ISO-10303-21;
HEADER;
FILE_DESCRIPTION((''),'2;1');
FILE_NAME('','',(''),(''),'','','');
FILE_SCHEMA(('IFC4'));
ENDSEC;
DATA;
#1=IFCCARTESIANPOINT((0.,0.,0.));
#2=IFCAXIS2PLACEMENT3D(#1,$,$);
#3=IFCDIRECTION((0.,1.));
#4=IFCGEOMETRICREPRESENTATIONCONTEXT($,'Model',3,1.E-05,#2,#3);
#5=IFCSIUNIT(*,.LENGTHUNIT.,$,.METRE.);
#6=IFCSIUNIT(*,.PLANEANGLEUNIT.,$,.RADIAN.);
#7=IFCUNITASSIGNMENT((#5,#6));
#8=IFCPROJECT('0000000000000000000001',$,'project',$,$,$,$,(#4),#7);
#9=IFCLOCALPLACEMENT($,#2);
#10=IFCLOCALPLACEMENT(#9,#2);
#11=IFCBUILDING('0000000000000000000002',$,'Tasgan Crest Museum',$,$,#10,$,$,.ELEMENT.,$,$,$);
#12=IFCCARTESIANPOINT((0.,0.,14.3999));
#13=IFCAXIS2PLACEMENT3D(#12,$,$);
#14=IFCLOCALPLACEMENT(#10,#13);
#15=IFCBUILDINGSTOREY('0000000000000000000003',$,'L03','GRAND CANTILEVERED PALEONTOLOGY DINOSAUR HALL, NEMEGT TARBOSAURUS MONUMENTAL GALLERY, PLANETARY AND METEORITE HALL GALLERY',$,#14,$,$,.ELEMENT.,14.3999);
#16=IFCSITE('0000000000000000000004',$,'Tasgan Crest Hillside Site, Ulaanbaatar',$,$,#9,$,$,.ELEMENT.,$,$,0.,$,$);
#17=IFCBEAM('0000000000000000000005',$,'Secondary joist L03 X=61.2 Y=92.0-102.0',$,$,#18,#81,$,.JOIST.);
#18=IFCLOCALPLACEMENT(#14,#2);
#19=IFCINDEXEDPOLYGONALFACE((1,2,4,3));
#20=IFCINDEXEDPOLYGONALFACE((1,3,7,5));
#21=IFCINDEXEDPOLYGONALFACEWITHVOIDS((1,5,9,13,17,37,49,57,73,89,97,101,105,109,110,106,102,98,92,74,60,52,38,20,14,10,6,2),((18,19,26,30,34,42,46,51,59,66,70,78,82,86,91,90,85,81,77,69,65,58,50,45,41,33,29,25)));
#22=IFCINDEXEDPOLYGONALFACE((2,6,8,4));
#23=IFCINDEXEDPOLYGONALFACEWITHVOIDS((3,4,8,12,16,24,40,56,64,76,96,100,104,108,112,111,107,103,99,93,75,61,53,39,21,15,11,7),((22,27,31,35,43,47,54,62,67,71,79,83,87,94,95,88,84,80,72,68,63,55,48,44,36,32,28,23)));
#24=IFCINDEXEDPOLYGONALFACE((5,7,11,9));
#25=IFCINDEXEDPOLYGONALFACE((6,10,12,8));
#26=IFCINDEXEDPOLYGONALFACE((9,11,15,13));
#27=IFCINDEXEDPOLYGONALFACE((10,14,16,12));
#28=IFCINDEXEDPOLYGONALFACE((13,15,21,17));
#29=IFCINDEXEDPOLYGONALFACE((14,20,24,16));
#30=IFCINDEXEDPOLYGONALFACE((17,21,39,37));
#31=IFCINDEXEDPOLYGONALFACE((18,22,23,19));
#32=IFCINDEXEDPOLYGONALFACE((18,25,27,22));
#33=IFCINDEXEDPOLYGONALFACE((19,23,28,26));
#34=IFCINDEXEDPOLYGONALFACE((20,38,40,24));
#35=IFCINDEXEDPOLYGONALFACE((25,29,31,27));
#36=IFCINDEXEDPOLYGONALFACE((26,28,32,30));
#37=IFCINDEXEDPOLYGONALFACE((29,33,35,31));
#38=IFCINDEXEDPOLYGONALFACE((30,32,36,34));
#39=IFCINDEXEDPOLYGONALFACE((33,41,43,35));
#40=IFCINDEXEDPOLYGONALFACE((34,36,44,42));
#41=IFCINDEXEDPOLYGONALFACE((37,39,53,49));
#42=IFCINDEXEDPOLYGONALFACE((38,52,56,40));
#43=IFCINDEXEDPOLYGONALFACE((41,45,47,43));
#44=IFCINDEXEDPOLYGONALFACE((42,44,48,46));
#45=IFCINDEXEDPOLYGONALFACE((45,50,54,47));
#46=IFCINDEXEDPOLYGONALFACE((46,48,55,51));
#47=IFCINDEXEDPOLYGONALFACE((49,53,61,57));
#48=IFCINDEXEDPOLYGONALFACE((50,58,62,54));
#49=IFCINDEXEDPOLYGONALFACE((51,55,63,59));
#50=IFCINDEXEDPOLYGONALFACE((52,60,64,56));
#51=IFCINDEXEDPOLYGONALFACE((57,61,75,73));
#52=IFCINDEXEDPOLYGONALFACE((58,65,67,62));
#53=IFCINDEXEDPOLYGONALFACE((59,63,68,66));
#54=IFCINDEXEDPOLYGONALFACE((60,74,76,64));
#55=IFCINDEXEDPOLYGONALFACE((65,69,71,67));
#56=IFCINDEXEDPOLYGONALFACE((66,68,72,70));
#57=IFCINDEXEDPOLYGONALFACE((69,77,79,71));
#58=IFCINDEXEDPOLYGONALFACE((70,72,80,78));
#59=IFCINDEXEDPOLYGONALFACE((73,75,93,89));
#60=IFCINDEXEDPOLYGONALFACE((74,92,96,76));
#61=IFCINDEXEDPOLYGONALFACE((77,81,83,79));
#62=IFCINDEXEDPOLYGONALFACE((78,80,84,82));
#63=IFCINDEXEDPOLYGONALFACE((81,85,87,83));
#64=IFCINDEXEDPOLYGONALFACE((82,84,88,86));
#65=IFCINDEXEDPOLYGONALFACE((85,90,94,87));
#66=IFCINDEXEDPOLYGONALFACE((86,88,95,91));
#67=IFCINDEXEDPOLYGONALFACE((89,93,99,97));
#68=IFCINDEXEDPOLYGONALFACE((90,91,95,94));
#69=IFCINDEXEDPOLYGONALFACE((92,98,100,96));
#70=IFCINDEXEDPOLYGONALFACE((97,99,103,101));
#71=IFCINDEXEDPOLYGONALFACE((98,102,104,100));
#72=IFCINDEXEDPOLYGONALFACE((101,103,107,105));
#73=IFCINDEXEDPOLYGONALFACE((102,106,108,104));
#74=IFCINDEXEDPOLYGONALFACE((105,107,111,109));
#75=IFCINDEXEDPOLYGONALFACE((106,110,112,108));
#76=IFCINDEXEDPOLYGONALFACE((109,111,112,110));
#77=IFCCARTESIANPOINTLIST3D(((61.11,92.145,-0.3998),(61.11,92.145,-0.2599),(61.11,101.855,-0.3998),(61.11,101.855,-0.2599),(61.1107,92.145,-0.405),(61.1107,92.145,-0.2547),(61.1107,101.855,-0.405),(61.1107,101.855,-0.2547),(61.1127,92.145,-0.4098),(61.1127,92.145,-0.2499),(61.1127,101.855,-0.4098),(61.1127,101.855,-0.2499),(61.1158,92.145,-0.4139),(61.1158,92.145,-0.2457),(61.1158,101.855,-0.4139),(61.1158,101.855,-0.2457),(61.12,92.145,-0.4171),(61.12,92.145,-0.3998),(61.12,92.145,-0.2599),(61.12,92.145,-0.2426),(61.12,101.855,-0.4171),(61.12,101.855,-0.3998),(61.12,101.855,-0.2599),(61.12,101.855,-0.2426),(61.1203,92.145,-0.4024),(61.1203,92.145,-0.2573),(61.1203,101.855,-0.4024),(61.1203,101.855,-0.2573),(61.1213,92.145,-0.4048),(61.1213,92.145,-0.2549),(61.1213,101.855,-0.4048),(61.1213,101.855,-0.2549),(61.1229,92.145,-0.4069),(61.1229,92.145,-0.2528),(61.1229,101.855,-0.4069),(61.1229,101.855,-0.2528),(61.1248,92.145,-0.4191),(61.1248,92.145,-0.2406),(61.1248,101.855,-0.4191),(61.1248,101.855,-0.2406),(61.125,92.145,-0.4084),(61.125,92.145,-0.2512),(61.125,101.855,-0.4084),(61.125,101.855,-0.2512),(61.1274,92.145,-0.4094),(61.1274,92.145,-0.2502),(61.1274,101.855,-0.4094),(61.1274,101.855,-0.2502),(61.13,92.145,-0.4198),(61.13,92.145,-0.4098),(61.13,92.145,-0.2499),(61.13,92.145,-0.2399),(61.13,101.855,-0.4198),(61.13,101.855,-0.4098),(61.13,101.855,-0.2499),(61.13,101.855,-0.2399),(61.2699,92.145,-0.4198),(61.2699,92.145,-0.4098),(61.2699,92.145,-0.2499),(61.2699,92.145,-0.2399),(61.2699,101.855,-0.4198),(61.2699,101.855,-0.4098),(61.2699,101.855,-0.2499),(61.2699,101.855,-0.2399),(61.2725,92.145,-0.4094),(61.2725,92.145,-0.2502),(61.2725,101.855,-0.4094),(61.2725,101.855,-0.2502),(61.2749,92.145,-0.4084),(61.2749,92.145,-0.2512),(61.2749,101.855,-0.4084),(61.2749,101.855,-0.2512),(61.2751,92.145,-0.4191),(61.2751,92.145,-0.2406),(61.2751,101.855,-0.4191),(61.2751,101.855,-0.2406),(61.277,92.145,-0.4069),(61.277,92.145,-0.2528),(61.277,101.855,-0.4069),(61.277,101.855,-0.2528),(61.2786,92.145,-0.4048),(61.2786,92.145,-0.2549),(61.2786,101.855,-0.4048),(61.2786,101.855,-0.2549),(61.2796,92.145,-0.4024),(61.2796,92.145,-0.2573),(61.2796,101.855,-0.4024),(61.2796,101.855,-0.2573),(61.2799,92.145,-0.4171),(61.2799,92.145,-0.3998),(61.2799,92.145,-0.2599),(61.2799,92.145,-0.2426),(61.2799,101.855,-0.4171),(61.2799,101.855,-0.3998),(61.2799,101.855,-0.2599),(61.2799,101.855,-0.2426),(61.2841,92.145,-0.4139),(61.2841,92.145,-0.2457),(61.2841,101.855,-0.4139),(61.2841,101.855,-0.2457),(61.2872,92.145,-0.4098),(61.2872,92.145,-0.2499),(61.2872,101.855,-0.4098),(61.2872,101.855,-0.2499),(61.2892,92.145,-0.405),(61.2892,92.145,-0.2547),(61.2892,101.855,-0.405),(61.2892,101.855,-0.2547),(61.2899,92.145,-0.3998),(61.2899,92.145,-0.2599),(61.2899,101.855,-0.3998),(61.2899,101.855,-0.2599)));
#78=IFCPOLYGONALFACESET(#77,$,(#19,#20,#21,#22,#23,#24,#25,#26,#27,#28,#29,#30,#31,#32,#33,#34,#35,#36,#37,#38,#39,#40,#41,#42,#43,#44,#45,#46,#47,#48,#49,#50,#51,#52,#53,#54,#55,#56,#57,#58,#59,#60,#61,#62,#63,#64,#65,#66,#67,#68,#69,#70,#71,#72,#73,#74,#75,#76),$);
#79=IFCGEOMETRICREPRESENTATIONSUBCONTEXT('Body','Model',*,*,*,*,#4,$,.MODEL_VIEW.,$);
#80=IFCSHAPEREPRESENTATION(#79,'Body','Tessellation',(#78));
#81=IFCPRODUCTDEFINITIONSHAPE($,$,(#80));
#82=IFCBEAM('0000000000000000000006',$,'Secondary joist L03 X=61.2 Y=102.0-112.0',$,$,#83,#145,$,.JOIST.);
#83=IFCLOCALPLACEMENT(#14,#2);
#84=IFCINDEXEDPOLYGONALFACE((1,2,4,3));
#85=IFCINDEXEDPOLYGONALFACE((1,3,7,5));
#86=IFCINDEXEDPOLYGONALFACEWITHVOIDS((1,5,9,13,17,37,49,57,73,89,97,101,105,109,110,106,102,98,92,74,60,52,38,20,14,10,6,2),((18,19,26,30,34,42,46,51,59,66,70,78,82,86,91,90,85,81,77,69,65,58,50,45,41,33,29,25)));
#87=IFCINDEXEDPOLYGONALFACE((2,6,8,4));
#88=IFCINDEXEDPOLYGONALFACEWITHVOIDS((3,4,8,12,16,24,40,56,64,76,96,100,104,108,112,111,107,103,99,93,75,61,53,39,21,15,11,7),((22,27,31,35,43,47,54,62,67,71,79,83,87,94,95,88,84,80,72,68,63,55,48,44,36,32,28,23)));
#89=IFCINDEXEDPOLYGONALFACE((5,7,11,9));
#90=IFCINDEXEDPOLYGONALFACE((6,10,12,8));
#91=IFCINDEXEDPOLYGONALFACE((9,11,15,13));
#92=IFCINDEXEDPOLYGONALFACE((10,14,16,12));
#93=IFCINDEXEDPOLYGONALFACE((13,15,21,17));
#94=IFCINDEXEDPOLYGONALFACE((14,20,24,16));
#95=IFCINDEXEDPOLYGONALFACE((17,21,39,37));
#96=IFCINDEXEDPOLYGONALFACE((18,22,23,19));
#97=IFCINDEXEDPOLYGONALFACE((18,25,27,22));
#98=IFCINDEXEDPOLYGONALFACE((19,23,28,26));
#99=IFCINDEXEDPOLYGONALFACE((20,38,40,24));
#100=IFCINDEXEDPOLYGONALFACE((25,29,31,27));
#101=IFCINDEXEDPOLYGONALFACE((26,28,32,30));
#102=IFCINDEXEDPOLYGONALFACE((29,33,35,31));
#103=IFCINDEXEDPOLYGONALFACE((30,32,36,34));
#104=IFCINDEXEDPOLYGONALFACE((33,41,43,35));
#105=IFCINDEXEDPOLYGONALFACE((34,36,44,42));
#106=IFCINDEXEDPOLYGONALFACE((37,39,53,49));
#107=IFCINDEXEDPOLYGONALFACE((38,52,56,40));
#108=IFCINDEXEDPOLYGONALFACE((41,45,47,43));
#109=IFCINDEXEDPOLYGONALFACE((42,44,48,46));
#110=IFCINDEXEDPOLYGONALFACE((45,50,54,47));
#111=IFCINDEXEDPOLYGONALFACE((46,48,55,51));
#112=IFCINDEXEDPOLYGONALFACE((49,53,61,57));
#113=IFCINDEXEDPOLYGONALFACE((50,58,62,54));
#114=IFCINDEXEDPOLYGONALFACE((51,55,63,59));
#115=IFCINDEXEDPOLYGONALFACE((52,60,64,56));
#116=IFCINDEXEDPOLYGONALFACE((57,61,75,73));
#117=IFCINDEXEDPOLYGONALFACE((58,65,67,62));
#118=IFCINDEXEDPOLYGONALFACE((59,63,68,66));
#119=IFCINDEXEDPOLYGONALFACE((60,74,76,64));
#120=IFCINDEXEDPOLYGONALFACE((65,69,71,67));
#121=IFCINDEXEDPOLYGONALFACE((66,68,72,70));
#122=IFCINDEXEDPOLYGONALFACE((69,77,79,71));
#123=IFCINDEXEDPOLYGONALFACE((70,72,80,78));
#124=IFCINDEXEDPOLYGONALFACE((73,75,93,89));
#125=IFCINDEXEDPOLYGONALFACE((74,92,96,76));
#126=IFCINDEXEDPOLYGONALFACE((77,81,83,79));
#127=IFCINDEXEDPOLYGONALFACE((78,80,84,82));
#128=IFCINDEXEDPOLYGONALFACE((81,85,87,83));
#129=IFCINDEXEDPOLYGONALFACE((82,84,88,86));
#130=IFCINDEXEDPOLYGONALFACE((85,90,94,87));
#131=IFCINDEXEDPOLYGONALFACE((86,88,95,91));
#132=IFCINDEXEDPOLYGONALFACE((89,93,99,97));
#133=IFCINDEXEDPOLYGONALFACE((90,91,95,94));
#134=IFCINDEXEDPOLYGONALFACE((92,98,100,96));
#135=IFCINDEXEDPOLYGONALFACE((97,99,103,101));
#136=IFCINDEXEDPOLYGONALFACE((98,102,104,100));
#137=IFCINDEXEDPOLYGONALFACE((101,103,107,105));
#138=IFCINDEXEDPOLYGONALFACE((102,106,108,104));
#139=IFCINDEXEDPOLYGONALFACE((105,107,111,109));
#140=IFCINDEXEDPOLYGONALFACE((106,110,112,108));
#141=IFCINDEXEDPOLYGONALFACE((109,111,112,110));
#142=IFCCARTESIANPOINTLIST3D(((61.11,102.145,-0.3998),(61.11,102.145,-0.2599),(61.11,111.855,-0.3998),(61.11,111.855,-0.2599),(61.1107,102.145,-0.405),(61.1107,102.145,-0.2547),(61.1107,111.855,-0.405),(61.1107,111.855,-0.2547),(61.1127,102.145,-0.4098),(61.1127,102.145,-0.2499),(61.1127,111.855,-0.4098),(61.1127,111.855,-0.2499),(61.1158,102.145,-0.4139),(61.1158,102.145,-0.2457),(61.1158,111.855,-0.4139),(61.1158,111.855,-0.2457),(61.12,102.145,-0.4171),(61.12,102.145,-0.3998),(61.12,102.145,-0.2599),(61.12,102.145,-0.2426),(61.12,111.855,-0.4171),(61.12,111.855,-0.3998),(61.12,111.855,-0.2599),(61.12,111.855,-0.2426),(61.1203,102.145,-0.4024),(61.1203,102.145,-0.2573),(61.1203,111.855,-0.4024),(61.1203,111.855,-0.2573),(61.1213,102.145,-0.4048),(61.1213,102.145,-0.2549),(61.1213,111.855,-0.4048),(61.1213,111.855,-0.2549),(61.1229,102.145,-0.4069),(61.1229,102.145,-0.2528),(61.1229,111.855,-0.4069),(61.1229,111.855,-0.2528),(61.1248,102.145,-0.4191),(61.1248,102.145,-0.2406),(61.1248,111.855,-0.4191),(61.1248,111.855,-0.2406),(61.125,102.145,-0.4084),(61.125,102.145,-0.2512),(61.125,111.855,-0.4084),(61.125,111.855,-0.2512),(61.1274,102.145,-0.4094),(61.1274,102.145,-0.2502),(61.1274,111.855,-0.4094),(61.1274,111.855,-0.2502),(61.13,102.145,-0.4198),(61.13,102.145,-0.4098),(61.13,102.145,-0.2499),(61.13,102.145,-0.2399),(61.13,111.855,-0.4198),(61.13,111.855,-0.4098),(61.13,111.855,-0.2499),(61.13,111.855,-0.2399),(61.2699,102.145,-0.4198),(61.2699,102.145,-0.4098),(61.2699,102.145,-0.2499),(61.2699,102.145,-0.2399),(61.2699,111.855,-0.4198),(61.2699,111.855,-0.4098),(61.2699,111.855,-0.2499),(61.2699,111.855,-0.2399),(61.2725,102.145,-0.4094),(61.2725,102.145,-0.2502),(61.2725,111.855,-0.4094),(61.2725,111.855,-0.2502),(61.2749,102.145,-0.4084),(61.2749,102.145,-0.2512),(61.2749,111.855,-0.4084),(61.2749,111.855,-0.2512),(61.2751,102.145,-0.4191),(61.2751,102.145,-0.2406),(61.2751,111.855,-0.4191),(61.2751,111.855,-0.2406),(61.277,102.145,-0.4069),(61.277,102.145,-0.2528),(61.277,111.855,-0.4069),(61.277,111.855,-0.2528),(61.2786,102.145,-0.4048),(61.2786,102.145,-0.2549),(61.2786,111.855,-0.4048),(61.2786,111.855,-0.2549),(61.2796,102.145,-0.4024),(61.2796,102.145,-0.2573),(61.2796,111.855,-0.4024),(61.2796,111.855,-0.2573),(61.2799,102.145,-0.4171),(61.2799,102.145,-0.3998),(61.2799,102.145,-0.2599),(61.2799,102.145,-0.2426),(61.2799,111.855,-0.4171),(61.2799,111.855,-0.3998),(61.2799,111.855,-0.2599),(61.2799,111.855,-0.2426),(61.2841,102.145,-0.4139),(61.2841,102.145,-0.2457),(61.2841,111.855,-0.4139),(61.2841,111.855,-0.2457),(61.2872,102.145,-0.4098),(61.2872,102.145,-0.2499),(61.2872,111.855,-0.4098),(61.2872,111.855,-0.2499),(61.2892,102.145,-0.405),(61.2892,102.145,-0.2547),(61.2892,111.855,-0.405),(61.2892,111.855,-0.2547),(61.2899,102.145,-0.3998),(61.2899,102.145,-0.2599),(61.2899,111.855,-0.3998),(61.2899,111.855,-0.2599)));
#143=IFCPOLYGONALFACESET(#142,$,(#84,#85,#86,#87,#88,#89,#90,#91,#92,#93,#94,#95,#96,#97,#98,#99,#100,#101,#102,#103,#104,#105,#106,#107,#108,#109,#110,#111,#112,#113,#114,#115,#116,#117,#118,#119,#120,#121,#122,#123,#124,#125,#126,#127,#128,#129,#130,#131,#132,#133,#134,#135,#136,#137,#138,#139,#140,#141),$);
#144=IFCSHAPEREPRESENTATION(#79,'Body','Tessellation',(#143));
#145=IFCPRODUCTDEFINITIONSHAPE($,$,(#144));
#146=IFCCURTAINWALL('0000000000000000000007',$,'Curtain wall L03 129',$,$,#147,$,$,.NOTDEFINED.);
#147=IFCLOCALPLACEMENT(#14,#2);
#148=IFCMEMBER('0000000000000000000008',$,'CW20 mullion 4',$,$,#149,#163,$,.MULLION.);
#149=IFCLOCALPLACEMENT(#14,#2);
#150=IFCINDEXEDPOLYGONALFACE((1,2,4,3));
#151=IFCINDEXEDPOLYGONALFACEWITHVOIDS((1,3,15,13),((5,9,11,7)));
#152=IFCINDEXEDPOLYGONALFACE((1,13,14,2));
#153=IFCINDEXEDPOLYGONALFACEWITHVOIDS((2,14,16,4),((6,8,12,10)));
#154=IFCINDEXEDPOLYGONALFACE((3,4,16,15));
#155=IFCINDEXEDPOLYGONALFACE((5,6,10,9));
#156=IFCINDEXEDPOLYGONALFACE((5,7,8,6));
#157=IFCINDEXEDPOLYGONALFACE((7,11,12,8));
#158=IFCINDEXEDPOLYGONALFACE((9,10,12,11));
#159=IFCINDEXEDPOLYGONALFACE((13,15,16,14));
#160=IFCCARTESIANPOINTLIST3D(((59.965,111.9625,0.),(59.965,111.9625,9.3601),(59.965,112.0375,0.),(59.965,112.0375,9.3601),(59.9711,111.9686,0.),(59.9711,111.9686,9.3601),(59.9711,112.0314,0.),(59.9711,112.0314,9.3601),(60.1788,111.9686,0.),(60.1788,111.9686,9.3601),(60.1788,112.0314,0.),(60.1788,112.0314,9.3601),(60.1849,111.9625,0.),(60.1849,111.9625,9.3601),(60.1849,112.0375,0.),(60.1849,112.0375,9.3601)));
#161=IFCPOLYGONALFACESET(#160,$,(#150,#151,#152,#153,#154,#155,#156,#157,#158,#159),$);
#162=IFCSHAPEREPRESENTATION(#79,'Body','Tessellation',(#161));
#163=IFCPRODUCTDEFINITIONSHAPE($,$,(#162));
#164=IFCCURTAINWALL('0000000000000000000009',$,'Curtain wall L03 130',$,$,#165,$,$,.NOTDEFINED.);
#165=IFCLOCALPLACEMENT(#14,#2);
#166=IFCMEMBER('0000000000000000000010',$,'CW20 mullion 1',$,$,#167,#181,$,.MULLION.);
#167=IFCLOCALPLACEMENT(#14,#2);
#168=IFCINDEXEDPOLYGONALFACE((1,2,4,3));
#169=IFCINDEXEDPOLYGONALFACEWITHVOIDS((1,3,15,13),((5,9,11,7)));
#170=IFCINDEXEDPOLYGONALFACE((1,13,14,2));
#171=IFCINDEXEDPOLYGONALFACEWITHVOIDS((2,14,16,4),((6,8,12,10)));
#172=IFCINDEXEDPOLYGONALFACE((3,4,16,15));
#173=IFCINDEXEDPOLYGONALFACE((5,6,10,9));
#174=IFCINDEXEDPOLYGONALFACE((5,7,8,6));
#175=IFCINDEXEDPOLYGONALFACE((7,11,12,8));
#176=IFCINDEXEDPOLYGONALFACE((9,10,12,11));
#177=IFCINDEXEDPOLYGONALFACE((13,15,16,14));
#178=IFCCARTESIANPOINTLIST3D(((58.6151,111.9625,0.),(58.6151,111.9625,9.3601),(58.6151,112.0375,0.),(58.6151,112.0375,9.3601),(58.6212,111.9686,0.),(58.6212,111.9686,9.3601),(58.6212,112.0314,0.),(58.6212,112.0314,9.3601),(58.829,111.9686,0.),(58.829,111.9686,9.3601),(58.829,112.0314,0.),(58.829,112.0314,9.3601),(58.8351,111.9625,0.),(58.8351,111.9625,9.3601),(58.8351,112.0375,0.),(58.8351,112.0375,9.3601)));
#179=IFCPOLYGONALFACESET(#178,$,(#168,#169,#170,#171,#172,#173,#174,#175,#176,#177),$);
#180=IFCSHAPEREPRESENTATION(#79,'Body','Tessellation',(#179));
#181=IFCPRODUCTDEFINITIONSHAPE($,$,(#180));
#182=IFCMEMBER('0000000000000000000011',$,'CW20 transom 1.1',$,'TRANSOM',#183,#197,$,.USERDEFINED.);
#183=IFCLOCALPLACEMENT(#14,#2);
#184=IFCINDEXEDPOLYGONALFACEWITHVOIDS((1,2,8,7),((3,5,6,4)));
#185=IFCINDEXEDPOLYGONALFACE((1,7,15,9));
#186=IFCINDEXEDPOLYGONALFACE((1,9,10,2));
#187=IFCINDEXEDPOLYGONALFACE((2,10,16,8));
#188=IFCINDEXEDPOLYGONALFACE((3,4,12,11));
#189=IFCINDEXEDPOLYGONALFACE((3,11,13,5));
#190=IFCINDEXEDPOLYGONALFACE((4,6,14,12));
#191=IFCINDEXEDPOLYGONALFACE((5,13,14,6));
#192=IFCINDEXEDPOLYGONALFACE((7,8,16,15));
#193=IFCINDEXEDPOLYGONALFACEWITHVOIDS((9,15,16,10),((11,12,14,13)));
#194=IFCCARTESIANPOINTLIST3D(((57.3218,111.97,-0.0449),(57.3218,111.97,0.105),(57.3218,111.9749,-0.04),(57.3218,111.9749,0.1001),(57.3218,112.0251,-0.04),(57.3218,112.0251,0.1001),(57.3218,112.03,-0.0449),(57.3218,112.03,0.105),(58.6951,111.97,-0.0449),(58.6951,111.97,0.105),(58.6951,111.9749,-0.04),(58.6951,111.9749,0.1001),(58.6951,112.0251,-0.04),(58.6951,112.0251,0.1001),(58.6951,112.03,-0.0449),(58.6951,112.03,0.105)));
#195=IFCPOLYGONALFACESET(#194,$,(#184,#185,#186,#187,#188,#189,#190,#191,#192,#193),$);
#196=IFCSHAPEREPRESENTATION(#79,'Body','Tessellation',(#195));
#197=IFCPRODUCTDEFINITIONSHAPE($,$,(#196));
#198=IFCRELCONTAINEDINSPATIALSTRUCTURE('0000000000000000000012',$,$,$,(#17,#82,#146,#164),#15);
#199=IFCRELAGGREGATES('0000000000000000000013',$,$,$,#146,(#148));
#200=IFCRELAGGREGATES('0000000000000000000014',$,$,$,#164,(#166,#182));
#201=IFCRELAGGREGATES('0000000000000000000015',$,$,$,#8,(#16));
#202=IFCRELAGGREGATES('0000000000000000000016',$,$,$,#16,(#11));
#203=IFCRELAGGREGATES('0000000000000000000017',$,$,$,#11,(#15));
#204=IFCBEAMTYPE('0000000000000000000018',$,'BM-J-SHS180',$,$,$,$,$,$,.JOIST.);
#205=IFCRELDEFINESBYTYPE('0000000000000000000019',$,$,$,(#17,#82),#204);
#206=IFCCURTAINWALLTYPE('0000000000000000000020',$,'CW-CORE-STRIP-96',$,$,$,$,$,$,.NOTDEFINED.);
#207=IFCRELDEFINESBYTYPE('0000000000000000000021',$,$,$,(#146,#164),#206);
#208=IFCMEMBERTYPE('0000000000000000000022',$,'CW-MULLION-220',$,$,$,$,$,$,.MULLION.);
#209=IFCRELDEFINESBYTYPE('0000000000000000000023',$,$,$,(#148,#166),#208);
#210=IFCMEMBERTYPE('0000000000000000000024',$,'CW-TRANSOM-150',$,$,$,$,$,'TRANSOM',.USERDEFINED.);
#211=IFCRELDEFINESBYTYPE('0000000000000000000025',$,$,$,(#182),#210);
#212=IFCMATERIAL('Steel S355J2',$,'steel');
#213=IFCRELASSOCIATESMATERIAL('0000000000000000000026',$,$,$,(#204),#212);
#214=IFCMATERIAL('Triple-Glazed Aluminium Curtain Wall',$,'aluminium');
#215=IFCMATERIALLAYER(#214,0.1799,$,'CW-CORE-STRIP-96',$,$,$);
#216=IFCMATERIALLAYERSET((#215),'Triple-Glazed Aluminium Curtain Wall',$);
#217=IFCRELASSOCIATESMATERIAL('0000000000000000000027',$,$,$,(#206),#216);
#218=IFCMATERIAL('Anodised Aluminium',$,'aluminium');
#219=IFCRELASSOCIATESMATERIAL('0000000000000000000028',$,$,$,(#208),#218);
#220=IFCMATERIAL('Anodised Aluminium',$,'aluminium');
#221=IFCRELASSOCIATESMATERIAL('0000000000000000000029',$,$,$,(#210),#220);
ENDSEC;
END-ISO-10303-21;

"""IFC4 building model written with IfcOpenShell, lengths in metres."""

from ifc_helpers import new_model, si_unit, direction, frame, origin, origin_2d, place, context, subcontext, project, spatial, hollow_rectangle, extrude, material, layer, layer_set, material_profile, profile_set, type_object, element, aggregate, save


model = new_model("IFC4")

# Units and contexts
model_context = context("Model", 3, precision=1e-05, world=origin(), true_north=direction((0.0, 1.0)))
body_context = subcontext(model_context, "Body", "Model", "MODEL_VIEW")
ifc_project = project(units=[si_unit("LENGTHUNIT", "METRE"), si_unit("PLANEANGLEUNIT", "RADIAN")], contexts=[model_context])

# Site, building, storey
site_placement = place(None, origin())
site = spatial("IfcSite", under=ifc_project, at=site_placement, Name="Tasgan Crest Hillside Site, Ulaanbaatar", CompositionType="ELEMENT", RefElevation=0.0)
building_placement = place(site_placement, origin())
building = spatial("IfcBuilding", under=site, at=building_placement, Name="Tasgan Crest Museum", CompositionType="ELEMENT")
storey_placement = place(building_placement, frame((0.0, 0.0, 14.3999)))
storey = spatial("IfcBuildingStorey", under=building, at=storey_placement, Name="L03", Description="GRAND CANTILEVERED PALEONTOLOGY DINOSAUR HALL, NEMEGT TARBOSAURUS MONUMENTAL GALLERY, PLANETARY AND METEORITE HALL GALLERY", CompositionType="ELEMENT", Elevation=14.3999)

# Beams
ifc_material_1 = material(Name="Steel S355J2", Category="steel")
ifc_material_profile_1 = material_profile(ifc_material_1, hollow_rectangle(XDim=0.1799, YDim=0.1799, WallThickness=0.01, InnerFilletRadius=0.01, OuterFilletRadius=0.02, at=origin_2d()), Name="SHS 180x180x10")
ifc_profile_set_1 = profile_set([ifc_material_profile_1], Name="Steel S355J2")
beam_type = type_object("IfcBeamType", Name="BM-J-SHS180", PredefinedType="JOIST", material=ifc_profile_set_1)
for number, where, z_axis, x_axis, name in (
    (1, (61.2, 92.145, -0.3298), (0.0, 1.0, 0.0), (-1.0, 0.0, 0.0), "Secondary joist L03 X=61.2 Y=92.0-102.0"),
    (2, (61.2, 102.145, -0.3298), (0.0, 1.0, 0.0), (-1.0, 0.0, 0.0), "Secondary joist L03 X=61.2 Y=102.0-112.0"),
):
    element("IfcBeam", number, at=place(storey_placement, frame(where, z_axis=z_axis, x_axis=x_axis)), inside=storey, type_object=beam_type, Name=name, PredefinedType="JOIST", context=body_context, shape_type="SweptSolid", body=[
        extrude(hollow_rectangle(XDim=0.1799, YDim=0.1799, WallThickness=0.01, InnerFilletRadius=0.01, OuterFilletRadius=0.02, at=origin_2d()), origin(), (0.0, 0.0, 1.0), 9.71),
    ])

# Curtain wall, member
ifc_material_2 = material(Name="Triple-Glazed Aluminium Curtain Wall", Category="aluminium")
ifc_layer_1 = layer(ifc_material_2, 0.1799, Name="CW-CORE-STRIP-96")
ifc_layer_set_1 = layer_set([ifc_layer_1], Name="Triple-Glazed Aluminium Curtain Wall")
curtain_wall_type = type_object("IfcCurtainWallType", Name="CW-CORE-STRIP-96", PredefinedType="NOTDEFINED", material=ifc_layer_set_1)
curtain_wall_1_placement = place(storey_placement, origin())
curtain_wall_1 = element("IfcCurtainWall", 3, at=curtain_wall_1_placement, inside=storey, type_object=curtain_wall_type, Name="Curtain wall L03 129", PredefinedType="NOTDEFINED")
ifc_material_3 = material(Name="Anodised Aluminium", Category="aluminium")
ifc_material_profile_2 = material_profile(ifc_material_3, hollow_rectangle(XDim=0.075, YDim=0.22, WallThickness=0.0061, at=origin_2d()), Name="ALU MULLION 220x75x6")
ifc_profile_set_2 = profile_set([ifc_material_profile_2], Name="Anodised Aluminium")
member_type_1 = type_object("IfcMemberType", Name="CW-MULLION-220", PredefinedType="MULLION", material=ifc_profile_set_2)
member_1_placement = place(storey_placement, frame((60.075, 112.0, 0.0), z_axis=(0.0, 0.0, 1.0), x_axis=(0.0, -1.0, 0.0)))
member_1 = element("IfcMember", 4, at=member_1_placement, type_object=member_type_1, Name="CW20 mullion 4", PredefinedType="MULLION", context=body_context, shape_type="SweptSolid", body=[
    extrude(hollow_rectangle(XDim=0.075, YDim=0.22, WallThickness=0.0061, at=origin_2d()), origin(), (0.0, 0.0, 1.0), 9.3601),
])

# Curtain wall, members
curtain_wall_2_placement = place(storey_placement, origin())
curtain_wall_2 = element("IfcCurtainWall", 5, at=curtain_wall_2_placement, inside=storey, type_object=curtain_wall_type, Name="Curtain wall L03 130", PredefinedType="NOTDEFINED")
member_2_placement = place(storey_placement, frame((58.7251, 112.0, 0.0), z_axis=(0.0, 0.0, 1.0), x_axis=(0.0, -1.0, 0.0)))
member_2 = element("IfcMember", 6, at=member_2_placement, type_object=member_type_1, Name="CW20 mullion 1", PredefinedType="MULLION", context=body_context, shape_type="SweptSolid", body=[
    extrude(hollow_rectangle(XDim=0.075, YDim=0.22, WallThickness=0.0061, at=origin_2d()), origin(), (0.0, 0.0, 1.0), 9.3601),
])
ifc_material_4 = material(Name="Anodised Aluminium", Category="aluminium")
ifc_material_profile_3 = material_profile(ifc_material_4, hollow_rectangle(XDim=0.0601, YDim=0.1499, WallThickness=0.0049, at=origin_2d()), Name="ALU TRANSOM 150x60x5")
ifc_profile_set_3 = profile_set([ifc_material_profile_3], Name="Anodised Aluminium")
member_type_2 = type_object("IfcMemberType", Name="CW-TRANSOM-150", ElementType="TRANSOM", PredefinedType="USERDEFINED", material=ifc_profile_set_3)
member_3_placement = place(storey_placement, frame((58.6951, 112.0, 0.03), z_axis=(-1.0, 0.0, 0.0), x_axis=(0.0, -1.0, 0.0)))
member_3 = element("IfcMember", 7, at=member_3_placement, type_object=member_type_2, Name="CW20 transom 1.1", ObjectType="TRANSOM", PredefinedType="USERDEFINED", context=body_context, shape_type="SweptSolid", body=[
    extrude(hollow_rectangle(XDim=0.0601, YDim=0.1499, WallThickness=0.0049, at=origin_2d()), origin(), (0.0, 0.0, 1.0), 1.3733),
])

aggregate(curtain_wall_1, [member_1])
aggregate(curtain_wall_2, [member_2, member_3])

save(model, "model.ifc")
